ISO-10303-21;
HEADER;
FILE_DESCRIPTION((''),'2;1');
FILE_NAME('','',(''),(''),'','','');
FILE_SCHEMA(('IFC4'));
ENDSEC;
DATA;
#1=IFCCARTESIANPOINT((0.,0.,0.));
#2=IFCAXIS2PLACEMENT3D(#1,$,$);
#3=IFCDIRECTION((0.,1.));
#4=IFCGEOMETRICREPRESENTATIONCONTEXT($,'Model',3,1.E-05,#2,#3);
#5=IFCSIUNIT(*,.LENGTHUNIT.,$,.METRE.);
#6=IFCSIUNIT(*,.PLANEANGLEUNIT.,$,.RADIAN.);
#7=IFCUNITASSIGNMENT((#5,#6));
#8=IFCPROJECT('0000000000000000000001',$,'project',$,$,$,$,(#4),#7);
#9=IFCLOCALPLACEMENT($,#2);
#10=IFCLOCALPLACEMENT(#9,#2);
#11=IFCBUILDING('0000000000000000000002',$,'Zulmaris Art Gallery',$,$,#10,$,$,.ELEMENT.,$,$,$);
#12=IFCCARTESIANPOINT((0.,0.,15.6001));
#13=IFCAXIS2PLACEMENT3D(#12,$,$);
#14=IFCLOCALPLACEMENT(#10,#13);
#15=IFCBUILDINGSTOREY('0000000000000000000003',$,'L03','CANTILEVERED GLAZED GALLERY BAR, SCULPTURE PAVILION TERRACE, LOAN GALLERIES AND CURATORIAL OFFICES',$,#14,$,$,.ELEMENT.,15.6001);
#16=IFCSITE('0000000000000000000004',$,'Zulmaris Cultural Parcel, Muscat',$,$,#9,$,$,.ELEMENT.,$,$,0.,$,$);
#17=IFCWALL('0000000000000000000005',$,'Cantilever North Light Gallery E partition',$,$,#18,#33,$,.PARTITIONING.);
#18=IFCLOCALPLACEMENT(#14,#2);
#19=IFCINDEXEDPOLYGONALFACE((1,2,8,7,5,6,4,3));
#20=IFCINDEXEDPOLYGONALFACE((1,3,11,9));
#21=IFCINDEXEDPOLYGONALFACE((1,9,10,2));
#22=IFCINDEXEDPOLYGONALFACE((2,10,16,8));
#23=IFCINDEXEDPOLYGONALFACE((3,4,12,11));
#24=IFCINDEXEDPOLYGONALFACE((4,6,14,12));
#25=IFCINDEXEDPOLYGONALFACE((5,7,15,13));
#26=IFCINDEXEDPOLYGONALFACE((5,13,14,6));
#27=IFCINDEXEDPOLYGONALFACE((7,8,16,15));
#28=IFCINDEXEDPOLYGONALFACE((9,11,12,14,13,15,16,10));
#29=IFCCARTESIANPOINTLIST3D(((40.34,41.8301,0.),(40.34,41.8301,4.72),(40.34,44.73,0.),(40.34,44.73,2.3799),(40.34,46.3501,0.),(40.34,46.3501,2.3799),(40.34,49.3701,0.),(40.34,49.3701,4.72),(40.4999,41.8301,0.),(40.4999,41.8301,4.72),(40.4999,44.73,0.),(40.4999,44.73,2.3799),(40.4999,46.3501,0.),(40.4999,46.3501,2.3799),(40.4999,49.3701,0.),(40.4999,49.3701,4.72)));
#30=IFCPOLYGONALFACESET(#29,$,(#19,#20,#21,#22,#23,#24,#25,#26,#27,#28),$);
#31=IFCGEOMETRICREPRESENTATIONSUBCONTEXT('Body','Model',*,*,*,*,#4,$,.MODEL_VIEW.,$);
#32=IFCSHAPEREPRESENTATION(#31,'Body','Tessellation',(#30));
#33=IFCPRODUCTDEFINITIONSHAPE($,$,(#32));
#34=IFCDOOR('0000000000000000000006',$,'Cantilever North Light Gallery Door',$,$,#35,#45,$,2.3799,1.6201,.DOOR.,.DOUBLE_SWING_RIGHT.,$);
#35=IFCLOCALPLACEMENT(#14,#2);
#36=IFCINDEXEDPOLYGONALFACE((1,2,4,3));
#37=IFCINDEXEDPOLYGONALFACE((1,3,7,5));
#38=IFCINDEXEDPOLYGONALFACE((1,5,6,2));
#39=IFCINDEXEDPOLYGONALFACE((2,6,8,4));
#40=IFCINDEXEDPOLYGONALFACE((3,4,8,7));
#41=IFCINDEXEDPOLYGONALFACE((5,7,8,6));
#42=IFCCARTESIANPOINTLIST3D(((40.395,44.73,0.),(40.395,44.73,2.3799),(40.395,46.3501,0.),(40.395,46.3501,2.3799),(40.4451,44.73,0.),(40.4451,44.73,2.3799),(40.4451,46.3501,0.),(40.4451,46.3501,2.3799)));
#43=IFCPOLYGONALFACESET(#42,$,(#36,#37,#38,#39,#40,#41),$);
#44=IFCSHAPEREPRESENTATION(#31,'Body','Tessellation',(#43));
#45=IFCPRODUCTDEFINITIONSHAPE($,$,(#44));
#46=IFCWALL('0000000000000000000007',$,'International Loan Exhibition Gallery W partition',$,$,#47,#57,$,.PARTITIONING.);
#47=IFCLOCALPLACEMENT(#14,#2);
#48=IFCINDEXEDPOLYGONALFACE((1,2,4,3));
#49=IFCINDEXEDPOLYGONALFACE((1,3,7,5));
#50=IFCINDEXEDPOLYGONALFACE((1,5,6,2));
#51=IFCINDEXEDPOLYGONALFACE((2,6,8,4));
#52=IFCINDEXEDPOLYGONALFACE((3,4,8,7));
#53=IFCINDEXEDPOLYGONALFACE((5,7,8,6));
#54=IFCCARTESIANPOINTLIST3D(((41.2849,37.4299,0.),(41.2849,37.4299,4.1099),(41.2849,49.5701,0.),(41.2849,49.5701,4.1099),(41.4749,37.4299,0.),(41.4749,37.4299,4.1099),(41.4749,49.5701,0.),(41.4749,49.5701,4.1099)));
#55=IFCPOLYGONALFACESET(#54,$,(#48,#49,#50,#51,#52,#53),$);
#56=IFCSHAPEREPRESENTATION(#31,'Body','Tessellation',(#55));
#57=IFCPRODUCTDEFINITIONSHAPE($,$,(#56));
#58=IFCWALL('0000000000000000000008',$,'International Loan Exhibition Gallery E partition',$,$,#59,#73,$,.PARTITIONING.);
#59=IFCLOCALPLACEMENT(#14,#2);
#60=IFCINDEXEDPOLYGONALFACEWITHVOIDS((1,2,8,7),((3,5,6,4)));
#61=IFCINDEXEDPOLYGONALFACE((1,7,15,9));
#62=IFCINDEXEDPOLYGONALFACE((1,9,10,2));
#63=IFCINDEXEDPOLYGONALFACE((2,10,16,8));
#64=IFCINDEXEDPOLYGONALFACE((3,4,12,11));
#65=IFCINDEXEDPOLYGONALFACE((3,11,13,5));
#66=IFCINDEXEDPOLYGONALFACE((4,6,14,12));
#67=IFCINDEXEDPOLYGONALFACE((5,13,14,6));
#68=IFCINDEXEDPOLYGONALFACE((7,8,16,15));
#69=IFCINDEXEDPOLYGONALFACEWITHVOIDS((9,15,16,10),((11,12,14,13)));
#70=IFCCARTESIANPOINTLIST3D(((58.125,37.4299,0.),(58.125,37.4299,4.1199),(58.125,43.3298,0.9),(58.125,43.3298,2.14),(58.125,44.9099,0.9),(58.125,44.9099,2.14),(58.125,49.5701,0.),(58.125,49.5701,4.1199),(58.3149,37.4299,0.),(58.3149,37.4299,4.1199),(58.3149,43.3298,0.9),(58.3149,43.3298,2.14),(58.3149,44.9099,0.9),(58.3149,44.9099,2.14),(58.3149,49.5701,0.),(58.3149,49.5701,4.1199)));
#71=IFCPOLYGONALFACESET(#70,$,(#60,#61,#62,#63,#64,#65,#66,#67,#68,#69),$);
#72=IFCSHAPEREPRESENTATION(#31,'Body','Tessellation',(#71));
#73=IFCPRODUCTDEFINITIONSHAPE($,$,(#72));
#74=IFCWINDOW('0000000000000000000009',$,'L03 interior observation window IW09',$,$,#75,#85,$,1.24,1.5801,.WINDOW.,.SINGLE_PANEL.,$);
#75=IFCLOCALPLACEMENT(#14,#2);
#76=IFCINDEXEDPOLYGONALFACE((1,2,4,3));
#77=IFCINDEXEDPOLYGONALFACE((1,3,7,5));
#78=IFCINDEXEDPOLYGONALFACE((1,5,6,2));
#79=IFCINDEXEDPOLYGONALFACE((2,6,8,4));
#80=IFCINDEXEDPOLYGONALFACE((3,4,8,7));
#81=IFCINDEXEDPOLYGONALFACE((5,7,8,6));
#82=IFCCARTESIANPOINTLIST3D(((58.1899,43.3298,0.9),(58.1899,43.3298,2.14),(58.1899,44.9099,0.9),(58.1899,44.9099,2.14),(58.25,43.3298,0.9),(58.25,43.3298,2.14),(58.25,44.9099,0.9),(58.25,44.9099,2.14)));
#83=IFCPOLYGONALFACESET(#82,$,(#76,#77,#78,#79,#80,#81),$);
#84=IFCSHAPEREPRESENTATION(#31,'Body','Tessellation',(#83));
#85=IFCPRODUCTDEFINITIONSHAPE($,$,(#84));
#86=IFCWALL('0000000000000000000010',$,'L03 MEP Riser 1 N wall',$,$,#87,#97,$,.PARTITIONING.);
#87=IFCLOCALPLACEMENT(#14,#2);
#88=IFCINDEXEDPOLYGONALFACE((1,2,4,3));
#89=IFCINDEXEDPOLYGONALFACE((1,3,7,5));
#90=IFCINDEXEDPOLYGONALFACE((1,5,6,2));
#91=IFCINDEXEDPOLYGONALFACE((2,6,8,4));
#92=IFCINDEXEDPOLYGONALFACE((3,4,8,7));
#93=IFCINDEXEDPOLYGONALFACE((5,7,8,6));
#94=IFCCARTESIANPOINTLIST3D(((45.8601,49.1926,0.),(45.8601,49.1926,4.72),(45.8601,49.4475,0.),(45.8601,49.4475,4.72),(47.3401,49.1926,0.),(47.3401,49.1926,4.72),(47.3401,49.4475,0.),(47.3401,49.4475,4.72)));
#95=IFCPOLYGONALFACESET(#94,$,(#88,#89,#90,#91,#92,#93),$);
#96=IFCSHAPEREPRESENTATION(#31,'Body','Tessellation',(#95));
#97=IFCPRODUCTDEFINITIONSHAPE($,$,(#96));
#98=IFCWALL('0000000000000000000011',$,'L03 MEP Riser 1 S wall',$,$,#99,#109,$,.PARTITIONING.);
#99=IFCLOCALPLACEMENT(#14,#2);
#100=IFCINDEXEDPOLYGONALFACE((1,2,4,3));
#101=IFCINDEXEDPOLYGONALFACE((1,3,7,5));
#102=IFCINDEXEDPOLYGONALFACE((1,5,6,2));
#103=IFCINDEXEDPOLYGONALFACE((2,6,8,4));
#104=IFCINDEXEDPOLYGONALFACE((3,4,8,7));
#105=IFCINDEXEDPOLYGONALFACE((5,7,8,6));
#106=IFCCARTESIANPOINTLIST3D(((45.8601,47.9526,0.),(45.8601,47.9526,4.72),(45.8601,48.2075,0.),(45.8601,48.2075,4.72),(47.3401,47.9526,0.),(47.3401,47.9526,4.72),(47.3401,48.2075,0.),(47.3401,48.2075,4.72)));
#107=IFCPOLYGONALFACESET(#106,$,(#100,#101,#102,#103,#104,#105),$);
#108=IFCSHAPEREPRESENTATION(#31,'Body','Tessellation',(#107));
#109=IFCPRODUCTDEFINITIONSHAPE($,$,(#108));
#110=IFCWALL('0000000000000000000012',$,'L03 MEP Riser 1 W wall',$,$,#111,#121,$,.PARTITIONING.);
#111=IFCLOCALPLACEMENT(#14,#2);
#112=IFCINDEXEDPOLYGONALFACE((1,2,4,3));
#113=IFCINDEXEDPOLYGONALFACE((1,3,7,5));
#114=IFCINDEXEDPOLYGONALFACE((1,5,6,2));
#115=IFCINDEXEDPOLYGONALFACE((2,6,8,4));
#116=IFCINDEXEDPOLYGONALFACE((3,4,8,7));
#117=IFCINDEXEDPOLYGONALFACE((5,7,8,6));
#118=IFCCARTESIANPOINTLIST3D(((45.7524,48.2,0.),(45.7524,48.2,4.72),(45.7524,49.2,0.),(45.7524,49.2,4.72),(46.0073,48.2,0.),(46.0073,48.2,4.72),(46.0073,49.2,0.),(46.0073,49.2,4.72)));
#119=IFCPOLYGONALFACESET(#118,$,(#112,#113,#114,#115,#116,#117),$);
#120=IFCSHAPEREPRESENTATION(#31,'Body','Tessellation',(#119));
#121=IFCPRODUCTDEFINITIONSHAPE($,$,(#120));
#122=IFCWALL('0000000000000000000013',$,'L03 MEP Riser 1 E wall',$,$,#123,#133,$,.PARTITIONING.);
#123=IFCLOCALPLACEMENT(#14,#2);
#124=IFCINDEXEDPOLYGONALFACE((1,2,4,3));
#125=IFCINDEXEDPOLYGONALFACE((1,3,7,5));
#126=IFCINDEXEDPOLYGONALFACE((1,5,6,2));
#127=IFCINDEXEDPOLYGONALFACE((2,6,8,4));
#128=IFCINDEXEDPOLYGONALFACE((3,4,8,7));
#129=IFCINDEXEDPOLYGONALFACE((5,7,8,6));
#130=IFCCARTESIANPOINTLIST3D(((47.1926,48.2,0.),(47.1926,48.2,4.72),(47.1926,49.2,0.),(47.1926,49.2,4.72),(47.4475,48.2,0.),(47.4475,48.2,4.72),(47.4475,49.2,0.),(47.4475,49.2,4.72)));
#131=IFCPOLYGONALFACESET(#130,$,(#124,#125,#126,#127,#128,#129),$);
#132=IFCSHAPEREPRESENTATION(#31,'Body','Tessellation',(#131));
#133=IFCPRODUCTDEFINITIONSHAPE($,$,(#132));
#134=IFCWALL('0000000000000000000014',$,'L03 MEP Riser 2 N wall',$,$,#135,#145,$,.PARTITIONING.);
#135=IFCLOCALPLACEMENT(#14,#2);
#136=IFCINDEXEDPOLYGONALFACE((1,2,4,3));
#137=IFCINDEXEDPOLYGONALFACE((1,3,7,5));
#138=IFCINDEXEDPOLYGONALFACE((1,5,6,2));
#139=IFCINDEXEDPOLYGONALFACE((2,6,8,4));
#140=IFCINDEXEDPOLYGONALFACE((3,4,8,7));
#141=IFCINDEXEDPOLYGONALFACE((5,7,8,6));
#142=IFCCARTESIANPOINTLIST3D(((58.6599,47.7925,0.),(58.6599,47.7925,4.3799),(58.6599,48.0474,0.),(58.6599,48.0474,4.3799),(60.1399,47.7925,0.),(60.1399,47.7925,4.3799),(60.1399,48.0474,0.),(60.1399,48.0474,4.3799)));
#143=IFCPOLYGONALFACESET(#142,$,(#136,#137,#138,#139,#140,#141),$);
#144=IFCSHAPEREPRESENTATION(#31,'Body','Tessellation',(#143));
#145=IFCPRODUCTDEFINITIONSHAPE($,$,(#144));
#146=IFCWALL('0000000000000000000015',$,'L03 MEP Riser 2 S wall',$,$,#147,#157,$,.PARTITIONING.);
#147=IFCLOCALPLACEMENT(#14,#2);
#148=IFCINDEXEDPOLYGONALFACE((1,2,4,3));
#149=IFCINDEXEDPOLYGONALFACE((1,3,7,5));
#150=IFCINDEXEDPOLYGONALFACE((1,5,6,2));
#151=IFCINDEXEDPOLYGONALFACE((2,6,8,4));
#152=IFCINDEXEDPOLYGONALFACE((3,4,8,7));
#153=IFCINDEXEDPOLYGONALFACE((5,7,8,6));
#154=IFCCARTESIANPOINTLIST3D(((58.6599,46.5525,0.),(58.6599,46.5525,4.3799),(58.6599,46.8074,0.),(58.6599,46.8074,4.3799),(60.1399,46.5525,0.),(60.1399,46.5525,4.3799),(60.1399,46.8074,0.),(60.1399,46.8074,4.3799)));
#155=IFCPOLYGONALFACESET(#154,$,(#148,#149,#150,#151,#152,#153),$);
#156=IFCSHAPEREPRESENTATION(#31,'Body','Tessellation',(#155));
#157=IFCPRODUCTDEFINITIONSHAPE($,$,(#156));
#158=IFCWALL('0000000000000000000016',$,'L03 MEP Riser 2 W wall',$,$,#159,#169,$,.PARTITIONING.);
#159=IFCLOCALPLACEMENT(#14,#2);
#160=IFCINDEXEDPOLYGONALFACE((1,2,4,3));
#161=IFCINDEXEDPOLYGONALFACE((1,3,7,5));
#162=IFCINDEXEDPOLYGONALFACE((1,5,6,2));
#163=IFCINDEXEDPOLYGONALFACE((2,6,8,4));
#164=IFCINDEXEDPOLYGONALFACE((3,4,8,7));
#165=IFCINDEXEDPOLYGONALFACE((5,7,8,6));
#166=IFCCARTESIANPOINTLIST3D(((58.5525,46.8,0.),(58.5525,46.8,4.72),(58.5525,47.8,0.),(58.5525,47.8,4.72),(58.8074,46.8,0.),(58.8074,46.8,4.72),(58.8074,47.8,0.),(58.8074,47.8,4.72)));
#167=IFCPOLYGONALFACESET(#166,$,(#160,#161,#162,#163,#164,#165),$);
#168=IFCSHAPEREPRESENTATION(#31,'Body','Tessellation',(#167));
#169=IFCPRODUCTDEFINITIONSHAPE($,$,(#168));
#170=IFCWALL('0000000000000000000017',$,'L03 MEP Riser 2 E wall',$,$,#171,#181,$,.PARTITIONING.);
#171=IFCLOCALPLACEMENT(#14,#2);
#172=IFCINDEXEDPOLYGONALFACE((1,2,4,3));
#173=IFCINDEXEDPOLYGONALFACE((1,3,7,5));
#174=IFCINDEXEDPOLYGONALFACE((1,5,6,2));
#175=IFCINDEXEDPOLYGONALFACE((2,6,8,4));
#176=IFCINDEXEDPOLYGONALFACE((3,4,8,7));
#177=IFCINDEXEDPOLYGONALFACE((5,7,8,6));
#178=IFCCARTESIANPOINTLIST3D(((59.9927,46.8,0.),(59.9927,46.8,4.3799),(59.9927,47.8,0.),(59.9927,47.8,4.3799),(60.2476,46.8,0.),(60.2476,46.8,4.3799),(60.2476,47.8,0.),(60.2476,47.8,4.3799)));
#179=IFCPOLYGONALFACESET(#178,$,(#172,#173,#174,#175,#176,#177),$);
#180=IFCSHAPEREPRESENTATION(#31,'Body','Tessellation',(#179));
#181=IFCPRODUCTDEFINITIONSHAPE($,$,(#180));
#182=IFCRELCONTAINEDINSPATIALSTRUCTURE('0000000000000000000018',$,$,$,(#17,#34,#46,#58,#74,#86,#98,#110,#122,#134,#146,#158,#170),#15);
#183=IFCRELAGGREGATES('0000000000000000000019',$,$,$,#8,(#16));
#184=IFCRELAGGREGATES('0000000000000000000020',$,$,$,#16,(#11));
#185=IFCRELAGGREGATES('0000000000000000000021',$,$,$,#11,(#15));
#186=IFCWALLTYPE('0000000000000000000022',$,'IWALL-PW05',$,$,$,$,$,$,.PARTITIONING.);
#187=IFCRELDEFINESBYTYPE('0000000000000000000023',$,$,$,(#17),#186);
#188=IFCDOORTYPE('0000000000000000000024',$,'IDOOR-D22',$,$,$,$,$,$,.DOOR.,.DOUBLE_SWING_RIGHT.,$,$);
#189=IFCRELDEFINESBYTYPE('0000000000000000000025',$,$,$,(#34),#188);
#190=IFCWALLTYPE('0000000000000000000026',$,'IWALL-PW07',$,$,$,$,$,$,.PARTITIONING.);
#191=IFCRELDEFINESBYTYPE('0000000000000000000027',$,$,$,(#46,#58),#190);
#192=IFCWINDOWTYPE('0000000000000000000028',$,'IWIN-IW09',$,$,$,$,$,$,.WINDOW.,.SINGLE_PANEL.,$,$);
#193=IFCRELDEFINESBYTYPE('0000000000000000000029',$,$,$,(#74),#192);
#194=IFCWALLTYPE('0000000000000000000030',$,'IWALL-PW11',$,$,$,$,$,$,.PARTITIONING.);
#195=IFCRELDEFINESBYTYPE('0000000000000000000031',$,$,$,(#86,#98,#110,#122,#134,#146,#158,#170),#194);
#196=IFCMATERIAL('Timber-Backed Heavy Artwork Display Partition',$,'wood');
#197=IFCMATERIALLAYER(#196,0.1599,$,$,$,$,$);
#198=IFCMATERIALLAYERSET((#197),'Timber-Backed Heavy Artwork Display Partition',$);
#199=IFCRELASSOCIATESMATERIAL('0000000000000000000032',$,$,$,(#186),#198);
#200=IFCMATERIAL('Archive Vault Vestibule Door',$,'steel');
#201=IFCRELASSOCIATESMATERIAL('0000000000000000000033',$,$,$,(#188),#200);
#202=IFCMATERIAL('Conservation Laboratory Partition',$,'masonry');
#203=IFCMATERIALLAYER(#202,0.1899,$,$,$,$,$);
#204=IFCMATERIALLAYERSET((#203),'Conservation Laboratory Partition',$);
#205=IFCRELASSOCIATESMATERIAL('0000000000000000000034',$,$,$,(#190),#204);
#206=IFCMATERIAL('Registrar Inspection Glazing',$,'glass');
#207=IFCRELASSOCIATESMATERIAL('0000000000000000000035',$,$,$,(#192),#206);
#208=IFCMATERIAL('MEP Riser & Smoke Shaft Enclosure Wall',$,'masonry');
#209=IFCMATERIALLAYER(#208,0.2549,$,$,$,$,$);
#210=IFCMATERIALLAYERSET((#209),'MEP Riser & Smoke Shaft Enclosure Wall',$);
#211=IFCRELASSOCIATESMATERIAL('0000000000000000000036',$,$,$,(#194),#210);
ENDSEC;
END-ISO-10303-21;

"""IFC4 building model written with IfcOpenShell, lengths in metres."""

from ifc_helpers import new_model, si_unit, direction, frame, frame_2d, origin, place, context, subcontext, project, spatial, rectangle, extrude, material, layer, layer_set, type_object, element, fill, save


model = new_model("IFC4")

# Units and contexts
model_context = context("Model", 3, precision=1e-05, world=origin(), true_north=direction((0.0, 1.0)))
body_context = subcontext(model_context, "Body", "Model", "MODEL_VIEW")
ifc_project = project(units=[si_unit("LENGTHUNIT", "METRE"), si_unit("PLANEANGLEUNIT", "RADIAN")], contexts=[model_context])

# Site, building, storey
site_placement = place(None, origin())
site = spatial("IfcSite", under=ifc_project, at=site_placement, Name="Zulmaris Cultural Parcel, Muscat", CompositionType="ELEMENT", RefElevation=0.0)
building_placement = place(site_placement, origin())
building = spatial("IfcBuilding", under=site, at=building_placement, Name="Zulmaris Art Gallery", CompositionType="ELEMENT")
storey_placement = place(building_placement, frame((0.0, 0.0, 15.6001)))
storey = spatial("IfcBuildingStorey", under=building, at=storey_placement, Name="L03", Description="CANTILEVERED GLAZED GALLERY BAR, SCULPTURE PAVILION TERRACE, LOAN GALLERIES AND CURATORIAL OFFICES", CompositionType="ELEMENT", Elevation=15.6001)

# Wall, opening, door
ifc_material_1 = material(Name="Timber-Backed Heavy Artwork Display Partition", Category="wood")
ifc_layer_1 = layer(ifc_material_1, 0.1599)
ifc_layer_set_1 = layer_set([ifc_layer_1], Name="Timber-Backed Heavy Artwork Display Partition")
wall_type_1 = type_object("IfcWallType", Name="IWALL-PW05", PredefinedType="PARTITIONING", material=ifc_layer_set_1)
wall_1_placement = place(storey_placement, frame((40.4199, 41.8301, 0.0), z_axis=(0.0, 0.0, 1.0), x_axis=(0.0, 1.0, 0.0)))
wall_1 = element("IfcWall", 1, at=wall_1_placement, inside=storey, type_object=wall_type_1, Name="Cantilever North Light Gallery E partition", PredefinedType="PARTITIONING", context=body_context, shape_type="SweptSolid", body=[
    extrude(rectangle(XDim=7.54, YDim=0.1599, at=frame_2d((3.77, 0.0))), origin(), (0.0, 0.0, 1.0), 4.72),
])
opening_1_placement = place(wall_1_placement, frame((2.8999, 0.0, 0.0)))
opening_1 = element("IfcOpeningElement", 2, at=opening_1_placement, cuts=wall_1, PredefinedType="OPENING", context=body_context, shape_type="SweptSolid", body=[
    extrude(rectangle(XDim=1.6201, YDim=2.3799, at=frame_2d((0.8101, 1.1899))), frame((0.0, 0.0898, 0.0), z_axis=(0.0, -1.0, 0.0), x_axis=(1.0, 0.0, 0.0)), (0.0, 0.0, 1.0), 0.1799),
])
ifc_material_2 = material(Name="Archive Vault Vestibule Door", Category="steel")
door_type = type_object("IfcDoorType", Name="IDOOR-D22", OperationType="DOUBLE_SWING_RIGHT", PredefinedType="DOOR", material=ifc_material_2)
door_placement = place(opening_1_placement, origin())
door = element("IfcDoor", 3, at=door_placement, inside=storey, type_object=door_type, Name="Cantilever North Light Gallery Door", OperationType="DOUBLE_SWING_RIGHT", OverallHeight=2.3799, OverallWidth=1.6201, PredefinedType="DOOR", context=body_context, shape_type="SweptSolid", body=[
    extrude(rectangle(XDim=1.6201, YDim=2.3799, at=frame_2d((0.8101, 1.1899))), frame((0.0, 0.0249, 0.0), z_axis=(0.0, -1.0, 0.0), x_axis=(1.0, 0.0, 0.0)), (0.0, 0.0, 1.0), 0.05),
])
fill(opening_1, door)

# Wall
ifc_material_3 = material(Name="Conservation Laboratory Partition", Category="masonry")
ifc_layer_2 = layer(ifc_material_3, 0.1899)
ifc_layer_set_2 = layer_set([ifc_layer_2], Name="Conservation Laboratory Partition")
wall_type_2 = type_object("IfcWallType", Name="IWALL-PW07", PredefinedType="PARTITIONING", material=ifc_layer_set_2)
wall_2_placement = place(storey_placement, frame((41.3799, 37.4299, 0.0), z_axis=(0.0, 0.0, 1.0), x_axis=(0.0, 1.0, 0.0)))
element("IfcWall", 4, at=wall_2_placement, inside=storey, type_object=wall_type_2, Name="International Loan Exhibition Gallery W partition", PredefinedType="PARTITIONING", context=body_context, shape_type="SweptSolid", body=[
    extrude(rectangle(XDim=12.1401, YDim=0.1899, at=frame_2d((6.0701, 0.0))), origin(), (0.0, 0.0, 1.0), 4.1099),
])

# Wall, opening, window
wall_3_placement = place(storey_placement, frame((58.22, 37.4299, 0.0), z_axis=(0.0, 0.0, 1.0), x_axis=(0.0, 1.0, 0.0)))
wall_3 = element("IfcWall", 5, at=wall_3_placement, inside=storey, type_object=wall_type_2, Name="International Loan Exhibition Gallery E partition", PredefinedType="PARTITIONING", context=body_context, shape_type="SweptSolid", body=[
    extrude(rectangle(XDim=12.1401, YDim=0.1899, at=frame_2d((6.0701, 0.0))), origin(), (0.0, 0.0, 1.0), 4.1199),
])
opening_2_placement = place(wall_3_placement, frame((5.8999, 0.0, 0.8999)))
opening_2 = element("IfcOpeningElement", 6, at=opening_2_placement, cuts=wall_3, PredefinedType="OPENING", context=body_context, shape_type="SweptSolid", body=[
    extrude(rectangle(XDim=1.5801, YDim=1.24, at=frame_2d((0.79, 0.6201))), frame((0.0, 0.105, 0.0), z_axis=(0.0, -1.0, 0.0), x_axis=(1.0, 0.0, 0.0)), (0.0, 0.0, 1.0), 0.21),
])
ifc_material_4 = material(Name="Registrar Inspection Glazing", Category="glass")
window_type = type_object("IfcWindowType", Name="IWIN-IW09", PartitioningType="SINGLE_PANEL", PredefinedType="WINDOW", material=ifc_material_4)
window_placement = place(opening_2_placement, origin())
window = element("IfcWindow", 7, at=window_placement, inside=storey, type_object=window_type, Name="L03 interior observation window IW09", OverallHeight=1.24, OverallWidth=1.5801, PartitioningType="SINGLE_PANEL", PredefinedType="WINDOW", context=body_context, shape_type="SweptSolid", body=[
    extrude(rectangle(XDim=1.5801, YDim=1.24, at=frame_2d((0.79, 0.6201))), frame((0.0, 0.03, 0.0), z_axis=(0.0, -1.0, 0.0), x_axis=(1.0, 0.0, 0.0)), (0.0, 0.0, 1.0), 0.0601),
])
fill(opening_2, window)

# Walls
ifc_material_5 = material(Name="MEP Riser & Smoke Shaft Enclosure Wall", Category="masonry")
ifc_layer_3 = layer(ifc_material_5, 0.2549)
ifc_layer_set_3 = layer_set([ifc_layer_3], Name="MEP Riser & Smoke Shaft Enclosure Wall")
wall_type_3 = type_object("IfcWallType", Name="IWALL-PW11", PredefinedType="PARTITIONING", material=ifc_layer_set_3)
for number, where, z_axis, x_axis, name in (
    (8, (45.8601, 49.3201, 0.0), (0.0, 0.0, 1.0), (1.0, 0.0, 0.0), "L03 MEP Riser 1 N wall"),
    (9, (45.8601, 48.0801, 0.0), (0.0, 0.0, 1.0), (1.0, 0.0, 0.0), "L03 MEP Riser 1 S wall"),
):
    element("IfcWall", number, at=place(storey_placement, frame(where, z_axis=z_axis, x_axis=x_axis)), inside=storey, type_object=wall_type_3, Name=name, PredefinedType="PARTITIONING", context=body_context, shape_type="SweptSolid", body=[
        extrude(rectangle(XDim=1.48, YDim=0.2549, at=frame_2d((0.74, 0.0))), origin(), (0.0, 0.0, 1.0), 4.72),
    ])
for number, where, z_axis, x_axis, name in (
    (10, (45.8799, 48.2, 0.0), (0.0, 0.0, 1.0), (0.0, 1.0, 0.0), "L03 MEP Riser 1 W wall"),
    (11, (47.3201, 48.2, 0.0), (0.0, 0.0, 1.0), (0.0, 1.0, 0.0), "L03 MEP Riser 1 E wall"),
):
    element("IfcWall", number, at=place(storey_placement, frame(where, z_axis=z_axis, x_axis=x_axis)), inside=storey, type_object=wall_type_3, Name=name, PredefinedType="PARTITIONING", context=body_context, shape_type="SweptSolid", body=[
        extrude(rectangle(XDim=1.0, YDim=0.2549, at=frame_2d((0.5, 0.0))), origin(), (0.0, 0.0, 1.0), 4.72),
    ])
for number, where, z_axis, x_axis, name in (
    (12, (58.6599, 47.9199, 0.0), (0.0, 0.0, 1.0), (1.0, 0.0, 0.0), "L03 MEP Riser 2 N wall"),
    (13, (58.6599, 46.6799, 0.0), (0.0, 0.0, 1.0), (1.0, 0.0, 0.0), "L03 MEP Riser 2 S wall"),
):
    element("IfcWall", number, at=place(storey_placement, frame(where, z_axis=z_axis, x_axis=x_axis)), inside=storey, type_object=wall_type_3, Name=name, PredefinedType="PARTITIONING", context=body_context, shape_type="SweptSolid", body=[
        extrude(rectangle(XDim=1.48, YDim=0.2549, at=frame_2d((0.74, 0.0))), origin(), (0.0, 0.0, 1.0), 4.3799),
    ])
wall_4_placement = place(storey_placement, frame((58.6799, 46.8, 0.0), z_axis=(0.0, 0.0, 1.0), x_axis=(0.0, 1.0, 0.0)))
element("IfcWall", 14, at=wall_4_placement, inside=storey, type_object=wall_type_3, Name="L03 MEP Riser 2 W wall", PredefinedType="PARTITIONING", context=body_context, shape_type="SweptSolid", body=[
    extrude(rectangle(XDim=1.0, YDim=0.2549, at=frame_2d((0.5, 0.0))), origin(), (0.0, 0.0, 1.0), 4.72),
])
wall_5_placement = place(storey_placement, frame((60.1201, 46.8, 0.0), z_axis=(0.0, 0.0, 1.0), x_axis=(0.0, 1.0, 0.0)))
element("IfcWall", 15, at=wall_5_placement, inside=storey, type_object=wall_type_3, Name="L03 MEP Riser 2 E wall", PredefinedType="PARTITIONING", context=body_context, shape_type="SweptSolid", body=[
    extrude(rectangle(XDim=1.0, YDim=0.2549, at=frame_2d((0.5, 0.0))), origin(), (0.0, 0.0, 1.0), 4.3799),
])

save(model, "model.ifc")
